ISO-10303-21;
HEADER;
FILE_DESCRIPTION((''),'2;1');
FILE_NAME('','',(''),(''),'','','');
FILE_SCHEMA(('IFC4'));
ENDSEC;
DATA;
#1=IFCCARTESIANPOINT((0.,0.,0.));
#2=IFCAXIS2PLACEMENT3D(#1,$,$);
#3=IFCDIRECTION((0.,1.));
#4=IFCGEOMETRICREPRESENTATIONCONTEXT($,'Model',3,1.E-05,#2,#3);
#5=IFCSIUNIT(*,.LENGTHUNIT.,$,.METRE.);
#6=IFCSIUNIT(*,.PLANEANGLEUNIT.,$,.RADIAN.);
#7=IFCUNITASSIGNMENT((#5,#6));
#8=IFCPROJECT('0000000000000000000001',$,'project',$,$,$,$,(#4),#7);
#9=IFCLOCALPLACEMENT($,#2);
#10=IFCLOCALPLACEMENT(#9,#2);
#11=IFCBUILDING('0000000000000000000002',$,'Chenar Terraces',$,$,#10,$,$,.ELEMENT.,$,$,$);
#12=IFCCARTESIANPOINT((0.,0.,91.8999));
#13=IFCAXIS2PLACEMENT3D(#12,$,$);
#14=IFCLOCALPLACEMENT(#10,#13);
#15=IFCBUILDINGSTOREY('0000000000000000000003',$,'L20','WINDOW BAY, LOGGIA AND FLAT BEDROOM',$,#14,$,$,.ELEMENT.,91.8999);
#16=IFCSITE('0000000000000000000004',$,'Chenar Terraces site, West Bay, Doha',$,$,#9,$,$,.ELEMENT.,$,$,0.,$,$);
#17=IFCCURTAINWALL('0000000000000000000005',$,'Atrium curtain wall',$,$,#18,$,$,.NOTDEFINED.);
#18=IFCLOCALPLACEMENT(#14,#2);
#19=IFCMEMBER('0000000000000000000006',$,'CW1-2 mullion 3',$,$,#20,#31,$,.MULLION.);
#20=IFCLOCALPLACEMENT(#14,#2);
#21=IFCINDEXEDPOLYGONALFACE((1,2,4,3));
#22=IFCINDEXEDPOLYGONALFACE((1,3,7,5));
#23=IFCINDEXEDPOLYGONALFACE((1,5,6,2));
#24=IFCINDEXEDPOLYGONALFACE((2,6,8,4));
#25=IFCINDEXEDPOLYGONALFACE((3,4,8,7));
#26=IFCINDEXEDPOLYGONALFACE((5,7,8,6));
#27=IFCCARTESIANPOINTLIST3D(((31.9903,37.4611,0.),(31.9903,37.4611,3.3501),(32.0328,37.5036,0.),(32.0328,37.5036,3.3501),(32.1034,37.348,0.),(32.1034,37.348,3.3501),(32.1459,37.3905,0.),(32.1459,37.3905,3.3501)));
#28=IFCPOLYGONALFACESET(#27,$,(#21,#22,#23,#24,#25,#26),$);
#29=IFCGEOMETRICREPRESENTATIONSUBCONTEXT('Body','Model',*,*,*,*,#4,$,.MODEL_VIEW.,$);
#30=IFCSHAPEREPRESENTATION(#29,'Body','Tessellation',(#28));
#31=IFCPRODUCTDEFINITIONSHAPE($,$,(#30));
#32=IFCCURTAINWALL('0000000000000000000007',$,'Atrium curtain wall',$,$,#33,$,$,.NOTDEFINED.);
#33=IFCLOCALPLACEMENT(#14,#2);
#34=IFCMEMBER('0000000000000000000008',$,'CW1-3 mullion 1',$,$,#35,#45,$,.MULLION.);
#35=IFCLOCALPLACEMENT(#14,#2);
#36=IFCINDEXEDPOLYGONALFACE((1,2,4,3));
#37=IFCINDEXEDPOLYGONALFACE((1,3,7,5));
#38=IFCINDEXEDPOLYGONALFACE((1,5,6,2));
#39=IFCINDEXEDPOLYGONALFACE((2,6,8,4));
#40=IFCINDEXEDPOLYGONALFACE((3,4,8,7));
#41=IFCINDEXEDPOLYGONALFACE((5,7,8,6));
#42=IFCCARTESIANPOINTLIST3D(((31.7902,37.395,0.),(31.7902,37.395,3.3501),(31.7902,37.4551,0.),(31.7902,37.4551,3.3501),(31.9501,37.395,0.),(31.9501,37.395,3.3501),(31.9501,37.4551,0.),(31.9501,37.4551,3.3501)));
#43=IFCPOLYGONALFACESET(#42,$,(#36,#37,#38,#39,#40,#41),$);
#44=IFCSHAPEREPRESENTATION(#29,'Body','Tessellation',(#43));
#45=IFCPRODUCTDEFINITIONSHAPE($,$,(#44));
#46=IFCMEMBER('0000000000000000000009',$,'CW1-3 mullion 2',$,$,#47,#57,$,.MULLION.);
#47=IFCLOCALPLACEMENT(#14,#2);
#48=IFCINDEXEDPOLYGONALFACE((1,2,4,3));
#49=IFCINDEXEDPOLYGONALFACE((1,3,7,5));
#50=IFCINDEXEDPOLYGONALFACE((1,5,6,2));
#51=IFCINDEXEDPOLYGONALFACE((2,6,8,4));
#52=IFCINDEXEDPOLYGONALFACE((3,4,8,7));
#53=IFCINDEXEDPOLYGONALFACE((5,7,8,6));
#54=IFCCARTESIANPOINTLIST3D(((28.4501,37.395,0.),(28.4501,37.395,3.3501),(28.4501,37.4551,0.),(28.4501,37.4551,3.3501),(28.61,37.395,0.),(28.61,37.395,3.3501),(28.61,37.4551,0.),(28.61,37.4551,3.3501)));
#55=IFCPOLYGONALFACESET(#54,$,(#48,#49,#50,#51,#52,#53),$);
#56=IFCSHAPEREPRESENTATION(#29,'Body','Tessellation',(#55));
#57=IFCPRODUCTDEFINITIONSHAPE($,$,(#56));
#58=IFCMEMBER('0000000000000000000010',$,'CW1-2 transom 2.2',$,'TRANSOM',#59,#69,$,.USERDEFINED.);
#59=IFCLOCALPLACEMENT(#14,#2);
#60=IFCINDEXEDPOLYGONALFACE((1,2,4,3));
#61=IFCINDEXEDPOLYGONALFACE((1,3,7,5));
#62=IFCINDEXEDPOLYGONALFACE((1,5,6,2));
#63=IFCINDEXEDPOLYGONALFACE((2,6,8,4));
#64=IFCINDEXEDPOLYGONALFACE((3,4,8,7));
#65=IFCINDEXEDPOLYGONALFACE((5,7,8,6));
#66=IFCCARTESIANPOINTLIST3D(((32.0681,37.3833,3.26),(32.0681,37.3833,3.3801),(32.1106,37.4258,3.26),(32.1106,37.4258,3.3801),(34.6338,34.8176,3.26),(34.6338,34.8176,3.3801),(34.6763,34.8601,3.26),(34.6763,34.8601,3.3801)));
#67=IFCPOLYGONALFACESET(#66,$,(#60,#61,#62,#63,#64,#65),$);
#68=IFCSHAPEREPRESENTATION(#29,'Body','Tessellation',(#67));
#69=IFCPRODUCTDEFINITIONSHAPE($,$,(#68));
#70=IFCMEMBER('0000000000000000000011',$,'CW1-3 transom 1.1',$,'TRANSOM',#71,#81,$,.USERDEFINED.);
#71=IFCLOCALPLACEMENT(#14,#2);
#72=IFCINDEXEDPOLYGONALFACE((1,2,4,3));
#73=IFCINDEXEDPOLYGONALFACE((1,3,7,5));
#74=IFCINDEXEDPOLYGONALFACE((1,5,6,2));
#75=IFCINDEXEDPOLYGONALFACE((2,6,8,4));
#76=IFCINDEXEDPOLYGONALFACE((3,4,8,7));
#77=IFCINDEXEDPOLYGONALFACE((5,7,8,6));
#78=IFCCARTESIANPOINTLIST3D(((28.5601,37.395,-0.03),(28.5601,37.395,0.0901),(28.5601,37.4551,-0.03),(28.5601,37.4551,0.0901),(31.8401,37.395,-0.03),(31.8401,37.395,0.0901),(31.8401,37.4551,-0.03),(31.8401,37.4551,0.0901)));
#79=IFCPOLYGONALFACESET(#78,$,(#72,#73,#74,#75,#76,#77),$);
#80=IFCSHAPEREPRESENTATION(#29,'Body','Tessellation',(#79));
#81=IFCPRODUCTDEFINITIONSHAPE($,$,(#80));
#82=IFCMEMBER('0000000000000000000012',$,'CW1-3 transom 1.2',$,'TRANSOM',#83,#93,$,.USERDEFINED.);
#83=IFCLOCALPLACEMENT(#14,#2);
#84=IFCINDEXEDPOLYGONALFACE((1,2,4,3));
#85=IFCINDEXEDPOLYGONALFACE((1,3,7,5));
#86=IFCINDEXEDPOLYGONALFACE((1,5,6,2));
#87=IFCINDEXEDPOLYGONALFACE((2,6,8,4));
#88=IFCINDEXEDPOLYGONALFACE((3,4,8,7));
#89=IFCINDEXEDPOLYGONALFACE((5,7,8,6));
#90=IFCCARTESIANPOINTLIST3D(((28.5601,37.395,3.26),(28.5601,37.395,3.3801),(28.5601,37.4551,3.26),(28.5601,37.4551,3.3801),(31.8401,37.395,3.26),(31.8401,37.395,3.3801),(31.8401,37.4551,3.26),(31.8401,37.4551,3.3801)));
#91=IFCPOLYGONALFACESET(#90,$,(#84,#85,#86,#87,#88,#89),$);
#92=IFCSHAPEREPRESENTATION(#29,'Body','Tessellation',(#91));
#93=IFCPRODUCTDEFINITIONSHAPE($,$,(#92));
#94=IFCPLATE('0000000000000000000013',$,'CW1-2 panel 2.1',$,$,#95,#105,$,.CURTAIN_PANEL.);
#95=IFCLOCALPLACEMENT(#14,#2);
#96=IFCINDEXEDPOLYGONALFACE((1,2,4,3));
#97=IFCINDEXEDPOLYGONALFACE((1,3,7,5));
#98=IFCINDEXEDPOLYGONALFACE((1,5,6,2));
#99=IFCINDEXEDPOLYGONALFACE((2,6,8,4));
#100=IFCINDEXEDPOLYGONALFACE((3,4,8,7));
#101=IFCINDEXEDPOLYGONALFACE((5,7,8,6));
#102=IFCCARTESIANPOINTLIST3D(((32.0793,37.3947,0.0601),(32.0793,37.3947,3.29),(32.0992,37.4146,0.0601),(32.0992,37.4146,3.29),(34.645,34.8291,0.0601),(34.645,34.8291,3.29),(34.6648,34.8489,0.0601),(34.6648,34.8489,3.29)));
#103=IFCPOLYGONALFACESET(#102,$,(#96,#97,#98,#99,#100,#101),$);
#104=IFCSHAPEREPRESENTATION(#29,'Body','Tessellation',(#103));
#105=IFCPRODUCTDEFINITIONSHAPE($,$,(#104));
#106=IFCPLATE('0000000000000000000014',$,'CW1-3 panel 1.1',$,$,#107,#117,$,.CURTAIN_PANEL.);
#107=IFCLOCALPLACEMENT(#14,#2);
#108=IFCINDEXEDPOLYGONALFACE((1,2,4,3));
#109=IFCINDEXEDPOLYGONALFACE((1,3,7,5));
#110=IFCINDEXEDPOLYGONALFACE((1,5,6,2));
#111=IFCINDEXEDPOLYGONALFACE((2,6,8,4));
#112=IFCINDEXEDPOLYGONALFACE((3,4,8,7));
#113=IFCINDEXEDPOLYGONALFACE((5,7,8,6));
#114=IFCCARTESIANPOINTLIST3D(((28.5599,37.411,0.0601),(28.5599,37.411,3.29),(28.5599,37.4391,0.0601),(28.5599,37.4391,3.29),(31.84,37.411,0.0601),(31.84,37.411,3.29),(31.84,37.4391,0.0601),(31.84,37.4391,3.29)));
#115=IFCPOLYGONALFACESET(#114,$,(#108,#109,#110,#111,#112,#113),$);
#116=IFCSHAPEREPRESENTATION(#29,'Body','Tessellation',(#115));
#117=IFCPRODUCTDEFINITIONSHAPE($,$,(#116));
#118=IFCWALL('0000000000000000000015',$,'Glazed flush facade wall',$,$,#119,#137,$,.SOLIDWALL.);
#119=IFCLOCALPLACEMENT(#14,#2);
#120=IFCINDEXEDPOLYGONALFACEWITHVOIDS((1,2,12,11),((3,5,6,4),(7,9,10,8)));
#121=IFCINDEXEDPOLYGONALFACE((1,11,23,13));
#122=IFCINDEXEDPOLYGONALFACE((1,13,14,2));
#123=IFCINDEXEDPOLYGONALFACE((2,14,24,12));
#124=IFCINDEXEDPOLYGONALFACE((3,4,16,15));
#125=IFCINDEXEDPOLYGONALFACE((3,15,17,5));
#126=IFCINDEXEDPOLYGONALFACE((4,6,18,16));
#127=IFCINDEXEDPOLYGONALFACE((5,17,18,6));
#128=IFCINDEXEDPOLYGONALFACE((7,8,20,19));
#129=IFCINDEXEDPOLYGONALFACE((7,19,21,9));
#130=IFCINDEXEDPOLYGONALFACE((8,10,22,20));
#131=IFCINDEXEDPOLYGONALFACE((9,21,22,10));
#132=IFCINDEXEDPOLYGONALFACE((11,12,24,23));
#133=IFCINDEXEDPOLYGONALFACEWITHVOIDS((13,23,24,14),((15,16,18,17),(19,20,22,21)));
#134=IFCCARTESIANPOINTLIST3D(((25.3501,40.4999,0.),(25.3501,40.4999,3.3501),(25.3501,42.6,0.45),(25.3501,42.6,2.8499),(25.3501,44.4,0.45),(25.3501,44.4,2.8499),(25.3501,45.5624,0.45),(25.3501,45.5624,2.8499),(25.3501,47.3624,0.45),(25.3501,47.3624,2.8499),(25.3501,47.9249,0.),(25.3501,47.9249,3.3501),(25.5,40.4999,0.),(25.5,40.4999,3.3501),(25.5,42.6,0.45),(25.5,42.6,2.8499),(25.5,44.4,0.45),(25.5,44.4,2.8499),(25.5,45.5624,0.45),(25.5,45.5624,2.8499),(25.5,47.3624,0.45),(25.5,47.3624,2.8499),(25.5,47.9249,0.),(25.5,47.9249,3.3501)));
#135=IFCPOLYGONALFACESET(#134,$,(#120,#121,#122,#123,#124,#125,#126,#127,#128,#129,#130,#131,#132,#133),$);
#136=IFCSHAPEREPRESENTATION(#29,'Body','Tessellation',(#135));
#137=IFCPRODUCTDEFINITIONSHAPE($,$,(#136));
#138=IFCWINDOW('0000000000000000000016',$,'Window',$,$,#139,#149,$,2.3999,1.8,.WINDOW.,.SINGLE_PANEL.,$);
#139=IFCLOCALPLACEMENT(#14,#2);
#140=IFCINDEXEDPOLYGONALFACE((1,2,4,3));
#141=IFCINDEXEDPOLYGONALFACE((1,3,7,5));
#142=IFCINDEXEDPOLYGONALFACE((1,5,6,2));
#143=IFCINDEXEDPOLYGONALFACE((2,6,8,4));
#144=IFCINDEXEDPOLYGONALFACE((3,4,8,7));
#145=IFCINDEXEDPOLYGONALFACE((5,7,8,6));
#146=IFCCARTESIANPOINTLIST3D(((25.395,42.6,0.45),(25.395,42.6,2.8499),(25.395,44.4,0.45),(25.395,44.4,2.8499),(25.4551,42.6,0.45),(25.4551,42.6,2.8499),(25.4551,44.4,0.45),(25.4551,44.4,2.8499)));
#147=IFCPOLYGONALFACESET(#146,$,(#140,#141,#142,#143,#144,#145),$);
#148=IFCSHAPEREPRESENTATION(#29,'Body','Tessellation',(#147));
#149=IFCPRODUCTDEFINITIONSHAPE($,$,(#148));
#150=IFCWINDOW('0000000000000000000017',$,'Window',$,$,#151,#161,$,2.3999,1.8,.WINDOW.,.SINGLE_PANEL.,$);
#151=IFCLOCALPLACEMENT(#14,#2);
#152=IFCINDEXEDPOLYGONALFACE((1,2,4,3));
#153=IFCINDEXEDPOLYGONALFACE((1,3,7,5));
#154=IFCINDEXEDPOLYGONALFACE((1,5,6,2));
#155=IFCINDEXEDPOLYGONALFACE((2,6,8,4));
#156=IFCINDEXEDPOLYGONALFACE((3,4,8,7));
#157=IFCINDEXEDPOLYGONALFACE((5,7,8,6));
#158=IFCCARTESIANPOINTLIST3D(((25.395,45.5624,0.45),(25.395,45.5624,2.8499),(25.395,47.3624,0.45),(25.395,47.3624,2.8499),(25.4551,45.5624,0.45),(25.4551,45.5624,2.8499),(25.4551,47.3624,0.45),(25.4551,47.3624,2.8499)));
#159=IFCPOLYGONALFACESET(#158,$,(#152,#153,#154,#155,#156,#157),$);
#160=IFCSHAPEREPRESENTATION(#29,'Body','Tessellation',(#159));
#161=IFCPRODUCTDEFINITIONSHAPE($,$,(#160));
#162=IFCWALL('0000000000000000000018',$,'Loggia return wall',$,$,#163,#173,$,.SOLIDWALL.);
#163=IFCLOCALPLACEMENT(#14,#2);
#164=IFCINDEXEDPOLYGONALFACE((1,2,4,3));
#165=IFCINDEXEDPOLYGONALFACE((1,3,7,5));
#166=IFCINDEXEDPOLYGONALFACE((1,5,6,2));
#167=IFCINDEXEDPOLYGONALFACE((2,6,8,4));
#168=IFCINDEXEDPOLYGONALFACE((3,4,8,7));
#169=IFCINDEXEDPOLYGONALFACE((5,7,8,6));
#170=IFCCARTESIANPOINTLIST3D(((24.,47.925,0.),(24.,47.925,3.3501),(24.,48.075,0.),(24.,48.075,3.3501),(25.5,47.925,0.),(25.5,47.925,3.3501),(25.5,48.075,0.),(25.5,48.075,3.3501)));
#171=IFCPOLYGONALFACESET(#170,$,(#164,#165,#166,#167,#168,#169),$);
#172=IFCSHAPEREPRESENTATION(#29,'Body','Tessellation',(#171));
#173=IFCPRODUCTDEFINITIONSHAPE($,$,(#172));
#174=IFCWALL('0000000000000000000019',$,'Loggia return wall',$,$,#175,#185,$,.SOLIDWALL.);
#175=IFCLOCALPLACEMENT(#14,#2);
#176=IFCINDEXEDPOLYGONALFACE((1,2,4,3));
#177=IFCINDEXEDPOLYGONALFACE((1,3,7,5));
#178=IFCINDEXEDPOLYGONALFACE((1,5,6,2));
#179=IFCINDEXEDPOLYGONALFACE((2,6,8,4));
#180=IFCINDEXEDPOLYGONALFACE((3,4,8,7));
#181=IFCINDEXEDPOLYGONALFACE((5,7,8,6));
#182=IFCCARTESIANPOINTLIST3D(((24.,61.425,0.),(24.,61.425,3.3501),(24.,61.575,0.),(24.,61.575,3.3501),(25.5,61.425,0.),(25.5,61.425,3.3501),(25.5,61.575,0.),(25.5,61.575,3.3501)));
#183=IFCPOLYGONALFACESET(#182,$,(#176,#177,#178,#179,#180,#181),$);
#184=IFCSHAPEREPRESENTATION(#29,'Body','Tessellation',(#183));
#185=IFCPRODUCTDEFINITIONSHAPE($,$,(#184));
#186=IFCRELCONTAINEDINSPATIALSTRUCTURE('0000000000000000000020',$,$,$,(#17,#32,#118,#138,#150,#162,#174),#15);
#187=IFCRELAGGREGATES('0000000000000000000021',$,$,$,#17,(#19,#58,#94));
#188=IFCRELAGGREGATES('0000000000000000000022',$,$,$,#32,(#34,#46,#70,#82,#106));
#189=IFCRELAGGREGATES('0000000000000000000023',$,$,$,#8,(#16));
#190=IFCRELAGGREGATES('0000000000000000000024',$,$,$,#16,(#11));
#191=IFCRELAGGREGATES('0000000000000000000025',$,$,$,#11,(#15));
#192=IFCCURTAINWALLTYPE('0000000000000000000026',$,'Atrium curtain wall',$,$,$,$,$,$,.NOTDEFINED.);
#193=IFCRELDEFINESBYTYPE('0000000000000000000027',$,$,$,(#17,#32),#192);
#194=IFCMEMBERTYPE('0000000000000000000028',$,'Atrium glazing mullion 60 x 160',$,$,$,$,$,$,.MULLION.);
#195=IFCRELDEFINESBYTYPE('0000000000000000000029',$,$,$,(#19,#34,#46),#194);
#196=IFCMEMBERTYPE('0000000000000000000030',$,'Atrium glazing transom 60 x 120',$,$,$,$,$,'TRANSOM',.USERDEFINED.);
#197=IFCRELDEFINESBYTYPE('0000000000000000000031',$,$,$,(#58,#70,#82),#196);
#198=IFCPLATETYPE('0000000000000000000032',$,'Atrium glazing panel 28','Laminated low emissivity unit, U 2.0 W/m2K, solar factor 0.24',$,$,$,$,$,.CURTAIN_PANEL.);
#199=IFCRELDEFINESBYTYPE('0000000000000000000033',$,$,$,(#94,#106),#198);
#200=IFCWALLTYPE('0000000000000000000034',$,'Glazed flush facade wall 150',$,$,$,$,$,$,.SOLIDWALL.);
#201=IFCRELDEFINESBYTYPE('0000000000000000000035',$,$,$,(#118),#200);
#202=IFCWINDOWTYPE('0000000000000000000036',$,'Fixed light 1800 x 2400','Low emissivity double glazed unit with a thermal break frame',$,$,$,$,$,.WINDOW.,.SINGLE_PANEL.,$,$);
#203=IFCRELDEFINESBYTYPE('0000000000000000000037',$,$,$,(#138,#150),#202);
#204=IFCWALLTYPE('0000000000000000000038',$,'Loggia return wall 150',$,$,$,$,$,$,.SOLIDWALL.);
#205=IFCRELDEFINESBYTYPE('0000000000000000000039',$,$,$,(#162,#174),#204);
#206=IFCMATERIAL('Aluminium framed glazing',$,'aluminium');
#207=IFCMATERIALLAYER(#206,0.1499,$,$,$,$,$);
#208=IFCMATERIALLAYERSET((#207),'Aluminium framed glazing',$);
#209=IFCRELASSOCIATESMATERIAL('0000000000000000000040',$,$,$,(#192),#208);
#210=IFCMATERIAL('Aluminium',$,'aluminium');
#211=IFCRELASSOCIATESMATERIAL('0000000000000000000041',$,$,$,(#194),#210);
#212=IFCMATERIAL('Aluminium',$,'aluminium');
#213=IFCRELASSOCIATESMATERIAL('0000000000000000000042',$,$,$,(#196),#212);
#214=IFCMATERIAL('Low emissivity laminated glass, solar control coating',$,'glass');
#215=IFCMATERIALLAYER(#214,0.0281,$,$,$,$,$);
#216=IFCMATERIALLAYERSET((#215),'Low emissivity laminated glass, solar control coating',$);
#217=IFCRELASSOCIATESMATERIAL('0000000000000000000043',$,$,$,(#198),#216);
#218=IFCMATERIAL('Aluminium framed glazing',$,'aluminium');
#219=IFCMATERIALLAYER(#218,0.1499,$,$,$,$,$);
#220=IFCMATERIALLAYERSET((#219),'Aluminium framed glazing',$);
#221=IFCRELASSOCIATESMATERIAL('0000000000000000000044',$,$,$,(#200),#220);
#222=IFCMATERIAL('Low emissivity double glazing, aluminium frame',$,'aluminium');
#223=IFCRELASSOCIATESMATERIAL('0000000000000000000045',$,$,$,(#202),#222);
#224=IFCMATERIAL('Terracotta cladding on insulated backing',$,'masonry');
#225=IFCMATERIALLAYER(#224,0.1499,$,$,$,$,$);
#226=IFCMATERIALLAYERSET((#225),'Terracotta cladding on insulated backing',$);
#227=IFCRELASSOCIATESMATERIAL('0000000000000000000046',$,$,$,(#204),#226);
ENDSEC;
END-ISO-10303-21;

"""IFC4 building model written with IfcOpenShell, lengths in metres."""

from ifc_helpers import new_model, si_unit, direction, frame, frame_2d, origin, origin_2d, place, context, subcontext, project, spatial, rectangle, extrude, material, layer, layer_set, material_profile, profile_set, type_object, element, fill, aggregate, save


model = new_model("IFC4")

# Units and contexts
model_context = context("Model", 3, precision=1e-05, world=origin(), true_north=direction((0.0, 1.0)))
body_context = subcontext(model_context, "Body", "Model", "MODEL_VIEW")
ifc_project = project(units=[si_unit("LENGTHUNIT", "METRE"), si_unit("PLANEANGLEUNIT", "RADIAN")], contexts=[model_context])

# Site, building, storey
site_placement = place(None, origin())
site = spatial("IfcSite", under=ifc_project, at=site_placement, Name="Chenar Terraces site, West Bay, Doha", CompositionType="ELEMENT", RefElevation=0.0)
building_placement = place(site_placement, origin())
building = spatial("IfcBuilding", under=site, at=building_placement, Name="Chenar Terraces", CompositionType="ELEMENT")
storey_placement = place(building_placement, frame((0.0, 0.0, 91.8999)))
storey = spatial("IfcBuildingStorey", under=building, at=storey_placement, Name="L20", Description="WINDOW BAY, LOGGIA AND FLAT BEDROOM", CompositionType="ELEMENT", Elevation=91.8999)

# Curtain wall, member
ifc_material_1 = material(Name="Aluminium framed glazing", Category="aluminium")
ifc_layer_1 = layer(ifc_material_1, 0.1499)
ifc_layer_set_1 = layer_set([ifc_layer_1], Name="Aluminium framed glazing")
curtain_wall_type = type_object("IfcCurtainWallType", Name="Atrium curtain wall", PredefinedType="NOTDEFINED", material=ifc_layer_set_1)
placement = place(storey_placement, origin())
curtain_wall_1 = element("IfcCurtainWall", 1, at=placement, inside=storey, type_object=curtain_wall_type, Name="Atrium curtain wall", PredefinedType="NOTDEFINED")
ifc_material_2 = material(Name="Aluminium", Category="aluminium")
ifc_material_profile_1 = material_profile(ifc_material_2, rectangle(XDim=0.0601, YDim=0.1599, at=origin_2d()), Name="Atrium glazing mullion 60 x 160")
ifc_profile_set_1 = profile_set([ifc_material_profile_1], Name="Aluminium")
member_type_1 = type_object("IfcMemberType", Name="Atrium glazing mullion 60 x 160", PredefinedType="MULLION", material=ifc_profile_set_1)
member_1_placement = place(storey_placement, frame((32.0681, 37.4258, 0.0), z_axis=(0.0, 0.0, 1.0), x_axis=(-0.707107, -0.707107, 0.0)))
member_1 = element("IfcMember", 2, at=member_1_placement, type_object=member_type_1, Name="CW1-2 mullion 3", PredefinedType="MULLION", context=body_context, shape_type="SweptSolid", body=[
    extrude(rectangle(XDim=0.0601, YDim=0.1599, at=origin_2d()), origin(), (0.0, 0.0, 1.0), 3.3501),
])

# Curtain wall, members
curtain_wall_2 = element("IfcCurtainWall", 3, at=placement, inside=storey, type_object=curtain_wall_type, Name="Atrium curtain wall", PredefinedType="NOTDEFINED")
member_2_placement = place(storey_placement, frame((31.8701, 37.425, 0.0), z_axis=(0.0, 0.0, 1.0), x_axis=(0.0, -1.0, 0.0)))
member_2 = element("IfcMember", 4, at=member_2_placement, type_object=member_type_1, Name="CW1-3 mullion 1", PredefinedType="MULLION", context=body_context, shape_type="SweptSolid", body=[
    extrude(rectangle(XDim=0.0601, YDim=0.1599, at=origin_2d()), origin(), (0.0, 0.0, 1.0), 3.3501),
])
member_3_placement = place(storey_placement, frame((28.53, 37.425, 0.0), z_axis=(0.0, 0.0, 1.0), x_axis=(0.0, -1.0, 0.0)))
member_3 = element("IfcMember", 5, at=member_3_placement, type_object=member_type_1, Name="CW1-3 mullion 2", PredefinedType="MULLION", context=body_context, shape_type="SweptSolid", body=[
    extrude(rectangle(XDim=0.0601, YDim=0.1599, at=origin_2d()), origin(), (0.0, 0.0, 1.0), 3.3501),
])

# Members
ifc_material_3 = material(Name="Aluminium", Category="aluminium")
ifc_material_profile_2 = material_profile(ifc_material_3, rectangle(XDim=0.0601, YDim=0.1201, at=origin_2d()), Name="Atrium glazing transom 60 x 120")
ifc_profile_set_2 = profile_set([ifc_material_profile_2], Name="Aluminium")
member_type_2 = type_object("IfcMemberType", Name="Atrium glazing transom 60 x 120", ElementType="TRANSOM", PredefinedType="USERDEFINED", material=ifc_profile_set_2)
member_4_placement = place(storey_placement, frame((34.655, 34.8389, 3.3201), z_axis=(-0.707107, 0.707107, 0.0), x_axis=(-0.707107, -0.707107, 0.0)))
member_4 = element("IfcMember", 6, at=member_4_placement, type_object=member_type_2, Name="CW1-2 transom 2.2", ObjectType="TRANSOM", PredefinedType="USERDEFINED", context=body_context, shape_type="SweptSolid", body=[
    extrude(rectangle(XDim=0.0601, YDim=0.1201, at=origin_2d()), origin(), (0.0, 0.0, 1.0), 3.6284),
])
member_5_placement = place(storey_placement, frame((31.8401, 37.425, 0.03), z_axis=(-1.0, 0.0, 0.0), x_axis=(0.0, -1.0, 0.0)))
member_5 = element("IfcMember", 7, at=member_5_placement, type_object=member_type_2, Name="CW1-3 transom 1.1", ObjectType="TRANSOM", PredefinedType="USERDEFINED", context=body_context, shape_type="SweptSolid", body=[
    extrude(rectangle(XDim=0.0601, YDim=0.1201, at=origin_2d()), origin(), (0.0, 0.0, 1.0), 3.28),
])
member_6_placement = place(storey_placement, frame((31.8401, 37.425, 3.3201), z_axis=(-1.0, 0.0, 0.0), x_axis=(0.0, -1.0, 0.0)))
member_6 = element("IfcMember", 8, at=member_6_placement, type_object=member_type_2, Name="CW1-3 transom 1.2", ObjectType="TRANSOM", PredefinedType="USERDEFINED", context=body_context, shape_type="SweptSolid", body=[
    extrude(rectangle(XDim=0.0601, YDim=0.1201, at=origin_2d()), origin(), (0.0, 0.0, 1.0), 3.28),
])

# Plates
ifc_material_4 = material(Name="Low emissivity laminated glass, solar control coating", Category="glass")
ifc_layer_2 = layer(ifc_material_4, 0.0281)
ifc_layer_set_2 = layer_set([ifc_layer_2], Name="Low emissivity laminated glass, solar control coating")
plate_type = type_object("IfcPlateType", Name="Atrium glazing panel 28", Description="Laminated low emissivity unit, U 2.0 W/m2K, solar factor 0.24", PredefinedType="CURTAIN_PANEL", material=ifc_layer_set_2)
plate_1_placement = place(storey_placement, frame((33.3721, 36.1218, 0.0601), z_axis=(0.0, 0.0, 1.0), x_axis=(-0.707107, 0.707107, 0.0)))
plate_1 = element("IfcPlate", 9, at=plate_1_placement, type_object=plate_type, Name="CW1-2 panel 2.1", PredefinedType="CURTAIN_PANEL", context=body_context, shape_type="SweptSolid", body=[
    extrude(rectangle(XDim=3.6284, YDim=0.0281, at=origin_2d()), origin(), (0.0, 0.0, 1.0), 3.23),
])
aggregate(curtain_wall_1, [member_1, member_4, plate_1])
plate_2_placement = place(storey_placement, frame((30.2, 37.425, 0.0601), z_axis=(0.0, 0.0, 1.0), x_axis=(-1.0, 0.0, 0.0)))
plate_2 = element("IfcPlate", 10, at=plate_2_placement, type_object=plate_type, Name="CW1-3 panel 1.1", PredefinedType="CURTAIN_PANEL", context=body_context, shape_type="SweptSolid", body=[
    extrude(rectangle(XDim=3.28, YDim=0.0281, at=origin_2d()), origin(), (0.0, 0.0, 1.0), 3.23),
])
aggregate(curtain_wall_2, [member_2, member_3, member_5, member_6, plate_2])

# Wall, openings, windows
ifc_material_5 = material(Name="Aluminium framed glazing", Category="aluminium")
ifc_layer_3 = layer(ifc_material_5, 0.1499)
ifc_layer_set_3 = layer_set([ifc_layer_3], Name="Aluminium framed glazing")
wall_type_1 = type_object("IfcWallType", Name="Glazed flush facade wall 150", PredefinedType="SOLIDWALL", material=ifc_layer_set_3)
wall_1_placement = place(storey_placement, frame((25.425, 40.5, 0.0), z_axis=(0.0, 0.0, 1.0), x_axis=(0.0, 1.0, 0.0)))
wall_1 = element("IfcWall", 11, at=wall_1_placement, inside=storey, type_object=wall_type_1, Name="Glazed flush facade wall", PredefinedType="SOLIDWALL", context=body_context, shape_type="SweptSolid", body=[
    extrude(rectangle(XDim=7.425, YDim=0.1499, at=frame_2d((3.7124, 0.0))), origin(), (0.0, 0.0, 1.0), 3.3501),
])
opening_1_placement = place(wall_1_placement, frame((2.1001, 0.0, 0.45)))
opening_1 = element("IfcOpeningElement", 12, at=opening_1_placement, cuts=wall_1, PredefinedType="OPENING", context=body_context, shape_type="SweptSolid", body=[
    extrude(rectangle(XDim=1.8, YDim=2.3999, at=frame_2d((0.8999, 1.2))), frame((0.0, 0.085, 0.0), z_axis=(0.0, -1.0, 0.0), x_axis=(1.0, 0.0, 0.0)), (0.0, 0.0, 1.0), 0.1699),
])
opening_2_placement = place(wall_1_placement, frame((5.0625, 0.0, 0.45)))
opening_2 = element("IfcOpeningElement", 13, at=opening_2_placement, cuts=wall_1, PredefinedType="OPENING", context=body_context, shape_type="SweptSolid", body=[
    extrude(rectangle(XDim=1.8, YDim=2.3999, at=frame_2d((0.8999, 1.2))), frame((0.0, 0.085, 0.0), z_axis=(0.0, -1.0, 0.0), x_axis=(1.0, 0.0, 0.0)), (0.0, 0.0, 1.0), 0.1699),
])
ifc_material_6 = material(Name="Low emissivity double glazing, aluminium frame", Category="aluminium")
window_type_1 = type_object("IfcWindowType", Name="Fixed light 1800 x 2400", Description="Low emissivity double glazed unit with a thermal break frame", PartitioningType="SINGLE_PANEL", PredefinedType="WINDOW", material=ifc_material_6)
window_1_placement = place(opening_1_placement, origin())
window_1 = element("IfcWindow", 14, at=window_1_placement, inside=storey, type_object=window_type_1, Name="Window", OverallHeight=2.3999, OverallWidth=1.8, PartitioningType="SINGLE_PANEL", PredefinedType="WINDOW", context=body_context, shape_type="SweptSolid", body=[
    extrude(rectangle(XDim=1.8, YDim=2.3999, at=frame_2d((0.8999, 1.2))), frame((0.0, 0.03, 0.0), z_axis=(0.0, -1.0, 0.0), x_axis=(1.0, 0.0, 0.0)), (0.0, 0.0, 1.0), 0.0601),
])
fill(opening_1, window_1)
window_2_placement = place(opening_2_placement, origin())
window_2 = element("IfcWindow", 15, at=window_2_placement, inside=storey, type_object=window_type_1, Name="Window", OverallHeight=2.3999, OverallWidth=1.8, PartitioningType="SINGLE_PANEL", PredefinedType="WINDOW", context=body_context, shape_type="SweptSolid", body=[
    extrude(rectangle(XDim=1.8, YDim=2.3999, at=frame_2d((0.8999, 1.2))), frame((0.0, 0.03, 0.0), z_axis=(0.0, -1.0, 0.0), x_axis=(1.0, 0.0, 0.0)), (0.0, 0.0, 1.0), 0.0601),
])
fill(opening_2, window_2)

# Walls
ifc_material_7 = material(Name="Terracotta cladding on insulated backing", Category="masonry")
ifc_layer_4 = layer(ifc_material_7, 0.1499)
ifc_layer_set_4 = layer_set([ifc_layer_4], Name="Terracotta cladding on insulated backing")
wall_type_2 = type_object("IfcWallType", Name="Loggia return wall 150", PredefinedType="SOLIDWALL", material=ifc_layer_set_4)
for number, where, z_axis, x_axis, name in (
    (16, (25.5, 48.0, 0.0), (0.0, 0.0, 1.0), (-1.0, 0.0, 0.0), "Loggia return wall"),
    (17, (25.5, 61.5, 0.0), (0.0, 0.0, 1.0), (-1.0, 0.0, 0.0), "Loggia return wall"),
):
    element("IfcWall", number, at=place(storey_placement, frame(where, z_axis=z_axis, x_axis=x_axis)), inside=storey, type_object=wall_type_2, Name=name, PredefinedType="SOLIDWALL", context=body_context, shape_type="SweptSolid", body=[
        extrude(rectangle(XDim=1.5, YDim=0.1499, at=frame_2d((0.75, 0.0))), origin(), (0.0, 0.0, 1.0), 3.3501),
    ])

save(model, "model.ifc")
